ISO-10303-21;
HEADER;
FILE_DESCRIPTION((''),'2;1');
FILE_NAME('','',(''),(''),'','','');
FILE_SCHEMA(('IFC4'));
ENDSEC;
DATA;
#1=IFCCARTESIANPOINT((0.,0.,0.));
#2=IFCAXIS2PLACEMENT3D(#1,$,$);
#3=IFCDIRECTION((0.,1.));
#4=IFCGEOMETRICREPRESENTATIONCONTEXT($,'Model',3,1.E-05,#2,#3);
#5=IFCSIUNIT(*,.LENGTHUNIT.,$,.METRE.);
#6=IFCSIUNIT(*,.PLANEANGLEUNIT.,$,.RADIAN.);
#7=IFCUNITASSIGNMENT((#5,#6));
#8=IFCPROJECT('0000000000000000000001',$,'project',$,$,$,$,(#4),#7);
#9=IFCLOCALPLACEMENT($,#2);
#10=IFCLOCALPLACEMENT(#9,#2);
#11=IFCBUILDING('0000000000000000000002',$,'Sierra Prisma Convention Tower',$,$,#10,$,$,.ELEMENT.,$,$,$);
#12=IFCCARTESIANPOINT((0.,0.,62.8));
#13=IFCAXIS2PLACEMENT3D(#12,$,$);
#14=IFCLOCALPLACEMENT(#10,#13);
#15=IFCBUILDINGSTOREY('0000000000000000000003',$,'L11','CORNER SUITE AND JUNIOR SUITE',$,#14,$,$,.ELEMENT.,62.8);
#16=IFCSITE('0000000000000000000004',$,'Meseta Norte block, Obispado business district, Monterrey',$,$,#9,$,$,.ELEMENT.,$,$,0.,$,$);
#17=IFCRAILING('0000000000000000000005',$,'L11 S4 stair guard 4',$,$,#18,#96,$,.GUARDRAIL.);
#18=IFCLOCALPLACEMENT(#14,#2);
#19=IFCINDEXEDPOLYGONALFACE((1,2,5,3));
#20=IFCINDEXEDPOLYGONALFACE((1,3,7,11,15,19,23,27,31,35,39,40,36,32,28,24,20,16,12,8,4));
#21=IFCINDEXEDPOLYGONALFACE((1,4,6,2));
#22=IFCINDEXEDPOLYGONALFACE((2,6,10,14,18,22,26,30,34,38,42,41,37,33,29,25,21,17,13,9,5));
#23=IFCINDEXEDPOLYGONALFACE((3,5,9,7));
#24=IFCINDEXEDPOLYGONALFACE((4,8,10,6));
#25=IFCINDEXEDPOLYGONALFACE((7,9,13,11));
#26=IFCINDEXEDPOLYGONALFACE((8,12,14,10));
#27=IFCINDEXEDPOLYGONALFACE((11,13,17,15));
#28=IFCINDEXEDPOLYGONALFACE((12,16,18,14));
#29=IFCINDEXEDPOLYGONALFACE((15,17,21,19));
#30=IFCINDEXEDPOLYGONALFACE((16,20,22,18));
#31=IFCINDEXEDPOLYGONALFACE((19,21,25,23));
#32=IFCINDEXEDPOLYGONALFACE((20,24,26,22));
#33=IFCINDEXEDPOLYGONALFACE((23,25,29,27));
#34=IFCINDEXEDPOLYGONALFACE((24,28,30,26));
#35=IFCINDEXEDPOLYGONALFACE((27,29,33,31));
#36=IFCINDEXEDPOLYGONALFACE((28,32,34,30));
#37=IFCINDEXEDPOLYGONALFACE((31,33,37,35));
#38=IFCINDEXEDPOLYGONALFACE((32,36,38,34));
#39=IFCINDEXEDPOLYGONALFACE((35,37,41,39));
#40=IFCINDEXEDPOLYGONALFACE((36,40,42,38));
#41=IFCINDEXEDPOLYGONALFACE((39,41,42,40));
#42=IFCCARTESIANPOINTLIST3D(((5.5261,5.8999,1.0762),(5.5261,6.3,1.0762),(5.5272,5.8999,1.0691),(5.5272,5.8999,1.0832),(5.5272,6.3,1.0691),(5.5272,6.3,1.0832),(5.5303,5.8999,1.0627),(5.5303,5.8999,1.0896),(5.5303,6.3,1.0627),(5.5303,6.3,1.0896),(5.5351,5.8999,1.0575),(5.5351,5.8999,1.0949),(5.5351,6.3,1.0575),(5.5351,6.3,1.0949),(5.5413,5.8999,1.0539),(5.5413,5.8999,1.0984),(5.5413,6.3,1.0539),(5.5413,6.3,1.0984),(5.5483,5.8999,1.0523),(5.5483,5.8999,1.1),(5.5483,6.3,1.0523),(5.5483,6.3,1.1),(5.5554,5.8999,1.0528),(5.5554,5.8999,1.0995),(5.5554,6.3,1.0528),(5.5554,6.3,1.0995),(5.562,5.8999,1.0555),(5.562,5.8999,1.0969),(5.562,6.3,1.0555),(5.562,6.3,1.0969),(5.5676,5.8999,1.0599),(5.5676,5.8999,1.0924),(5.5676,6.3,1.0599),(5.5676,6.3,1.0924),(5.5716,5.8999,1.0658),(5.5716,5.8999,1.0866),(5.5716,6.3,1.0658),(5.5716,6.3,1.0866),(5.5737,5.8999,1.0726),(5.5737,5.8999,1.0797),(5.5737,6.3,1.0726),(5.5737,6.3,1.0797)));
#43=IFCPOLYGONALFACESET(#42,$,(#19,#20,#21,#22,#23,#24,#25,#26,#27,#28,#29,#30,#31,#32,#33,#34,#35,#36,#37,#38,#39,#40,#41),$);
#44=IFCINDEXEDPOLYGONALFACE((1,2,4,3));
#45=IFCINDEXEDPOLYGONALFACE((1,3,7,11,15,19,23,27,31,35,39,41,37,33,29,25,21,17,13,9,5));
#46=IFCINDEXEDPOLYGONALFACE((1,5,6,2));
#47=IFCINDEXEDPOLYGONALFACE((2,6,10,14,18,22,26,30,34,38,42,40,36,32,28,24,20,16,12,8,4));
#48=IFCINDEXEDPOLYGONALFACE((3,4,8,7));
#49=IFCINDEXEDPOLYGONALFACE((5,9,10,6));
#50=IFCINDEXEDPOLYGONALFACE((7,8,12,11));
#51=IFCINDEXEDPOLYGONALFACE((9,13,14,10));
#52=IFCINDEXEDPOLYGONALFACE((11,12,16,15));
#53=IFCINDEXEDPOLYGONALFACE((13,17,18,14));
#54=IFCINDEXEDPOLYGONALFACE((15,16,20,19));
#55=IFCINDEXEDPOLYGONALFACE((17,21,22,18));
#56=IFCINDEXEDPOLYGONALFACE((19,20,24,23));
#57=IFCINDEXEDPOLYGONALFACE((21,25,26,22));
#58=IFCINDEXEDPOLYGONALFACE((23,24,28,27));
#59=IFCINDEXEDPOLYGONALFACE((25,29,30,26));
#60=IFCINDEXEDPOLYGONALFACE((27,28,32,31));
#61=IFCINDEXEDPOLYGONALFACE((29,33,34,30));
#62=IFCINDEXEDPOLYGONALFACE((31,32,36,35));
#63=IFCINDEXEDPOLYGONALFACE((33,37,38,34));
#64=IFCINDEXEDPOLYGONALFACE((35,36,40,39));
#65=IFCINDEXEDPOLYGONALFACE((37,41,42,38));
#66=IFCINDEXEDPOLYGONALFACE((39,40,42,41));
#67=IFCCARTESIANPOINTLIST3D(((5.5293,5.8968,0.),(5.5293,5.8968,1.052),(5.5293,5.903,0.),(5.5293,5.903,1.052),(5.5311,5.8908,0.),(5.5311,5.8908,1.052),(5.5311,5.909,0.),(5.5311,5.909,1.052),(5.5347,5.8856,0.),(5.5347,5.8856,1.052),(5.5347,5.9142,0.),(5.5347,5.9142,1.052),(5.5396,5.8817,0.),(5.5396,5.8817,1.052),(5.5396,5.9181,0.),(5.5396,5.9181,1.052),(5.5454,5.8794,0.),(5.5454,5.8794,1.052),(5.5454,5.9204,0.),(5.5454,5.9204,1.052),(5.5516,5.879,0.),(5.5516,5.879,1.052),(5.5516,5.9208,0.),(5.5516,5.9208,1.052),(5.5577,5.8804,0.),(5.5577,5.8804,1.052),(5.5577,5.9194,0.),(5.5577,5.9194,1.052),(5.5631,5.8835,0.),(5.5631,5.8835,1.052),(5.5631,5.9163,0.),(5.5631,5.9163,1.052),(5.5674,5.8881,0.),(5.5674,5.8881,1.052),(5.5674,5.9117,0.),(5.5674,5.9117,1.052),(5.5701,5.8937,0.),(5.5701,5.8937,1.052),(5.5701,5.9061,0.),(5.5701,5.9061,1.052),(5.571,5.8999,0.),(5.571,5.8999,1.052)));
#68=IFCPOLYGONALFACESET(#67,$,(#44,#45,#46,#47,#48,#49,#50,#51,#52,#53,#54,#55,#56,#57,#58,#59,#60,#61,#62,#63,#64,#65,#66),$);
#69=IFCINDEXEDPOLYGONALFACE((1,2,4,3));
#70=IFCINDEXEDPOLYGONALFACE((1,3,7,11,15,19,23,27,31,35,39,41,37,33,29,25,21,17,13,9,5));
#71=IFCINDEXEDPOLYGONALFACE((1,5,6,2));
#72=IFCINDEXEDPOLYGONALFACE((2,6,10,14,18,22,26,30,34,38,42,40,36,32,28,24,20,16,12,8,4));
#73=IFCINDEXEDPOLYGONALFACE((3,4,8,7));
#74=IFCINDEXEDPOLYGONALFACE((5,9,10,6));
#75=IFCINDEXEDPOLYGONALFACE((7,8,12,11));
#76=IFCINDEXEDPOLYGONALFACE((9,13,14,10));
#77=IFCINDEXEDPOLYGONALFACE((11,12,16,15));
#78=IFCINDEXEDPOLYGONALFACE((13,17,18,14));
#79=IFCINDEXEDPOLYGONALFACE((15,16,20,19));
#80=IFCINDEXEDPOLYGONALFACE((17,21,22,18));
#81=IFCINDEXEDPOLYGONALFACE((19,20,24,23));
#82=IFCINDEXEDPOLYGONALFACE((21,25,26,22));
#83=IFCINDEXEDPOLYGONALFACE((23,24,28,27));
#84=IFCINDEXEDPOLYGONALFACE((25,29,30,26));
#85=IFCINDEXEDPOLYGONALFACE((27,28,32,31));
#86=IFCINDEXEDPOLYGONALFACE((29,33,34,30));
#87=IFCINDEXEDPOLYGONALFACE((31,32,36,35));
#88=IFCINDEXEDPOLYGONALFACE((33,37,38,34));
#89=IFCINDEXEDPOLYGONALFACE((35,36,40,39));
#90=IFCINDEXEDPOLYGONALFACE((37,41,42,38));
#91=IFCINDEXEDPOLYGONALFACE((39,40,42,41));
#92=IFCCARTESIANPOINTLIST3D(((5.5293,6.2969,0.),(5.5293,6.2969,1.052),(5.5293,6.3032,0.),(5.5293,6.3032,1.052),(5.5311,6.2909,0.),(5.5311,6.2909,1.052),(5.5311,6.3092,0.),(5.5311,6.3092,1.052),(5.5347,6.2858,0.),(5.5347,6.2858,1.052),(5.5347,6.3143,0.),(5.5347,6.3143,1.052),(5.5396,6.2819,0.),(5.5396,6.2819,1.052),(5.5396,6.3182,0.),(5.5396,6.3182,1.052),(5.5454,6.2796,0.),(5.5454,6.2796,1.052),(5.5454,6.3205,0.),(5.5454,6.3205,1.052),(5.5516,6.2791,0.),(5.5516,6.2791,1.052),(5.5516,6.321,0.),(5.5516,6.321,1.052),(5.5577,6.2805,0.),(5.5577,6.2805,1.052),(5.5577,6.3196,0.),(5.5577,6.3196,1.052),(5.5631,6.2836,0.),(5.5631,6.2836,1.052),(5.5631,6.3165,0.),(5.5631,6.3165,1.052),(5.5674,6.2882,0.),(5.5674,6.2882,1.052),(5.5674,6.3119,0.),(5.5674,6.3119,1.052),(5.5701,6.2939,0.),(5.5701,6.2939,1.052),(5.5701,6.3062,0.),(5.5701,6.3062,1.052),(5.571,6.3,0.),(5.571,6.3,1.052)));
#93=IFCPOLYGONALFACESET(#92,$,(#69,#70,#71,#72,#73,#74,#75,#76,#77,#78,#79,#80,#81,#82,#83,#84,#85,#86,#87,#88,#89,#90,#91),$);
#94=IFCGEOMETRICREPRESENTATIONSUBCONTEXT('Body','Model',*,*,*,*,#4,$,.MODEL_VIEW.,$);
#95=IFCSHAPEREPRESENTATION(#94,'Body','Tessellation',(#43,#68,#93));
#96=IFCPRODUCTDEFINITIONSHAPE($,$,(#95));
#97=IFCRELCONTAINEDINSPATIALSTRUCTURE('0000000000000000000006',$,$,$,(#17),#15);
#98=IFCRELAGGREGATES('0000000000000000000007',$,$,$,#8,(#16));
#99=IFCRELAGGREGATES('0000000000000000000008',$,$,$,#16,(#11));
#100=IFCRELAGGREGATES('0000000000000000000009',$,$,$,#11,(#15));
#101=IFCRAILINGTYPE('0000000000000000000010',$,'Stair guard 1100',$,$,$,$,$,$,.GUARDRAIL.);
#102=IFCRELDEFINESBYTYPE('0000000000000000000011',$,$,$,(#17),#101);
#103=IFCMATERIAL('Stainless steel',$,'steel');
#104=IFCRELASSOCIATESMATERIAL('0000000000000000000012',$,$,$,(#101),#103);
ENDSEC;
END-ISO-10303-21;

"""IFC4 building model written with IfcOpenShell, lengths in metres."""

from ifc_helpers import new_model, si_unit, direction, frame, origin, origin_2d, place, context, subcontext, project, spatial, circle, extrude, material, type_object, element, save


model = new_model("IFC4")

# Units and contexts
model_context = context("Model", 3, precision=1e-05, world=origin(), true_north=direction((0.0, 1.0)))
body_context = subcontext(model_context, "Body", "Model", "MODEL_VIEW")
ifc_project = project(units=[si_unit("LENGTHUNIT", "METRE"), si_unit("PLANEANGLEUNIT", "RADIAN")], contexts=[model_context])

# Site, building, storey
site_placement = place(None, origin())
site = spatial("IfcSite", under=ifc_project, at=site_placement, Name="Meseta Norte block, Obispado business district, Monterrey", CompositionType="ELEMENT", RefElevation=0.0)
building_placement = place(site_placement, origin())
building = spatial("IfcBuilding", under=site, at=building_placement, Name="Sierra Prisma Convention Tower", CompositionType="ELEMENT")
storey_placement = place(building_placement, frame((0.0, 0.0, 62.8)))
storey = spatial("IfcBuildingStorey", under=building, at=storey_placement, Name="L11", Description="CORNER SUITE AND JUNIOR SUITE", CompositionType="ELEMENT", Elevation=62.8)

# Railing
ifc_material_1 = material(Name="Stainless steel", Category="steel")
railing_type_1 = type_object("IfcRailingType", Name="Stair guard 1100", PredefinedType="GUARDRAIL", material=ifc_material_1)
railing_1_placement = place(storey_placement, frame((5.55, 5.8999, 0.0)))
element("IfcRailing", 1, at=railing_1_placement, inside=storey, type_object=railing_type_1, Name="L11 S4 stair guard 4", PredefinedType="GUARDRAIL", context=body_context, shape_type="SweptSolid", body=[
    extrude(circle(Radius=0.0239, at=origin_2d()), frame((0.0, 0.0, 1.0762), z_axis=(0.0, 1.0, 0.0), x_axis=(-1.0, 0.0, 0.0)), (0.0, 0.0, 1.0), 0.4001),
    extrude(circle(Radius=0.021, at=origin_2d()), origin(), (0.0, 0.0, 1.0), 1.052),
    extrude(circle(Radius=0.021, at=origin_2d()), frame((0.0, 0.4001, 0.0)), (0.0, 0.0, 1.0), 1.052),
])

save(model, "model.ifc")
